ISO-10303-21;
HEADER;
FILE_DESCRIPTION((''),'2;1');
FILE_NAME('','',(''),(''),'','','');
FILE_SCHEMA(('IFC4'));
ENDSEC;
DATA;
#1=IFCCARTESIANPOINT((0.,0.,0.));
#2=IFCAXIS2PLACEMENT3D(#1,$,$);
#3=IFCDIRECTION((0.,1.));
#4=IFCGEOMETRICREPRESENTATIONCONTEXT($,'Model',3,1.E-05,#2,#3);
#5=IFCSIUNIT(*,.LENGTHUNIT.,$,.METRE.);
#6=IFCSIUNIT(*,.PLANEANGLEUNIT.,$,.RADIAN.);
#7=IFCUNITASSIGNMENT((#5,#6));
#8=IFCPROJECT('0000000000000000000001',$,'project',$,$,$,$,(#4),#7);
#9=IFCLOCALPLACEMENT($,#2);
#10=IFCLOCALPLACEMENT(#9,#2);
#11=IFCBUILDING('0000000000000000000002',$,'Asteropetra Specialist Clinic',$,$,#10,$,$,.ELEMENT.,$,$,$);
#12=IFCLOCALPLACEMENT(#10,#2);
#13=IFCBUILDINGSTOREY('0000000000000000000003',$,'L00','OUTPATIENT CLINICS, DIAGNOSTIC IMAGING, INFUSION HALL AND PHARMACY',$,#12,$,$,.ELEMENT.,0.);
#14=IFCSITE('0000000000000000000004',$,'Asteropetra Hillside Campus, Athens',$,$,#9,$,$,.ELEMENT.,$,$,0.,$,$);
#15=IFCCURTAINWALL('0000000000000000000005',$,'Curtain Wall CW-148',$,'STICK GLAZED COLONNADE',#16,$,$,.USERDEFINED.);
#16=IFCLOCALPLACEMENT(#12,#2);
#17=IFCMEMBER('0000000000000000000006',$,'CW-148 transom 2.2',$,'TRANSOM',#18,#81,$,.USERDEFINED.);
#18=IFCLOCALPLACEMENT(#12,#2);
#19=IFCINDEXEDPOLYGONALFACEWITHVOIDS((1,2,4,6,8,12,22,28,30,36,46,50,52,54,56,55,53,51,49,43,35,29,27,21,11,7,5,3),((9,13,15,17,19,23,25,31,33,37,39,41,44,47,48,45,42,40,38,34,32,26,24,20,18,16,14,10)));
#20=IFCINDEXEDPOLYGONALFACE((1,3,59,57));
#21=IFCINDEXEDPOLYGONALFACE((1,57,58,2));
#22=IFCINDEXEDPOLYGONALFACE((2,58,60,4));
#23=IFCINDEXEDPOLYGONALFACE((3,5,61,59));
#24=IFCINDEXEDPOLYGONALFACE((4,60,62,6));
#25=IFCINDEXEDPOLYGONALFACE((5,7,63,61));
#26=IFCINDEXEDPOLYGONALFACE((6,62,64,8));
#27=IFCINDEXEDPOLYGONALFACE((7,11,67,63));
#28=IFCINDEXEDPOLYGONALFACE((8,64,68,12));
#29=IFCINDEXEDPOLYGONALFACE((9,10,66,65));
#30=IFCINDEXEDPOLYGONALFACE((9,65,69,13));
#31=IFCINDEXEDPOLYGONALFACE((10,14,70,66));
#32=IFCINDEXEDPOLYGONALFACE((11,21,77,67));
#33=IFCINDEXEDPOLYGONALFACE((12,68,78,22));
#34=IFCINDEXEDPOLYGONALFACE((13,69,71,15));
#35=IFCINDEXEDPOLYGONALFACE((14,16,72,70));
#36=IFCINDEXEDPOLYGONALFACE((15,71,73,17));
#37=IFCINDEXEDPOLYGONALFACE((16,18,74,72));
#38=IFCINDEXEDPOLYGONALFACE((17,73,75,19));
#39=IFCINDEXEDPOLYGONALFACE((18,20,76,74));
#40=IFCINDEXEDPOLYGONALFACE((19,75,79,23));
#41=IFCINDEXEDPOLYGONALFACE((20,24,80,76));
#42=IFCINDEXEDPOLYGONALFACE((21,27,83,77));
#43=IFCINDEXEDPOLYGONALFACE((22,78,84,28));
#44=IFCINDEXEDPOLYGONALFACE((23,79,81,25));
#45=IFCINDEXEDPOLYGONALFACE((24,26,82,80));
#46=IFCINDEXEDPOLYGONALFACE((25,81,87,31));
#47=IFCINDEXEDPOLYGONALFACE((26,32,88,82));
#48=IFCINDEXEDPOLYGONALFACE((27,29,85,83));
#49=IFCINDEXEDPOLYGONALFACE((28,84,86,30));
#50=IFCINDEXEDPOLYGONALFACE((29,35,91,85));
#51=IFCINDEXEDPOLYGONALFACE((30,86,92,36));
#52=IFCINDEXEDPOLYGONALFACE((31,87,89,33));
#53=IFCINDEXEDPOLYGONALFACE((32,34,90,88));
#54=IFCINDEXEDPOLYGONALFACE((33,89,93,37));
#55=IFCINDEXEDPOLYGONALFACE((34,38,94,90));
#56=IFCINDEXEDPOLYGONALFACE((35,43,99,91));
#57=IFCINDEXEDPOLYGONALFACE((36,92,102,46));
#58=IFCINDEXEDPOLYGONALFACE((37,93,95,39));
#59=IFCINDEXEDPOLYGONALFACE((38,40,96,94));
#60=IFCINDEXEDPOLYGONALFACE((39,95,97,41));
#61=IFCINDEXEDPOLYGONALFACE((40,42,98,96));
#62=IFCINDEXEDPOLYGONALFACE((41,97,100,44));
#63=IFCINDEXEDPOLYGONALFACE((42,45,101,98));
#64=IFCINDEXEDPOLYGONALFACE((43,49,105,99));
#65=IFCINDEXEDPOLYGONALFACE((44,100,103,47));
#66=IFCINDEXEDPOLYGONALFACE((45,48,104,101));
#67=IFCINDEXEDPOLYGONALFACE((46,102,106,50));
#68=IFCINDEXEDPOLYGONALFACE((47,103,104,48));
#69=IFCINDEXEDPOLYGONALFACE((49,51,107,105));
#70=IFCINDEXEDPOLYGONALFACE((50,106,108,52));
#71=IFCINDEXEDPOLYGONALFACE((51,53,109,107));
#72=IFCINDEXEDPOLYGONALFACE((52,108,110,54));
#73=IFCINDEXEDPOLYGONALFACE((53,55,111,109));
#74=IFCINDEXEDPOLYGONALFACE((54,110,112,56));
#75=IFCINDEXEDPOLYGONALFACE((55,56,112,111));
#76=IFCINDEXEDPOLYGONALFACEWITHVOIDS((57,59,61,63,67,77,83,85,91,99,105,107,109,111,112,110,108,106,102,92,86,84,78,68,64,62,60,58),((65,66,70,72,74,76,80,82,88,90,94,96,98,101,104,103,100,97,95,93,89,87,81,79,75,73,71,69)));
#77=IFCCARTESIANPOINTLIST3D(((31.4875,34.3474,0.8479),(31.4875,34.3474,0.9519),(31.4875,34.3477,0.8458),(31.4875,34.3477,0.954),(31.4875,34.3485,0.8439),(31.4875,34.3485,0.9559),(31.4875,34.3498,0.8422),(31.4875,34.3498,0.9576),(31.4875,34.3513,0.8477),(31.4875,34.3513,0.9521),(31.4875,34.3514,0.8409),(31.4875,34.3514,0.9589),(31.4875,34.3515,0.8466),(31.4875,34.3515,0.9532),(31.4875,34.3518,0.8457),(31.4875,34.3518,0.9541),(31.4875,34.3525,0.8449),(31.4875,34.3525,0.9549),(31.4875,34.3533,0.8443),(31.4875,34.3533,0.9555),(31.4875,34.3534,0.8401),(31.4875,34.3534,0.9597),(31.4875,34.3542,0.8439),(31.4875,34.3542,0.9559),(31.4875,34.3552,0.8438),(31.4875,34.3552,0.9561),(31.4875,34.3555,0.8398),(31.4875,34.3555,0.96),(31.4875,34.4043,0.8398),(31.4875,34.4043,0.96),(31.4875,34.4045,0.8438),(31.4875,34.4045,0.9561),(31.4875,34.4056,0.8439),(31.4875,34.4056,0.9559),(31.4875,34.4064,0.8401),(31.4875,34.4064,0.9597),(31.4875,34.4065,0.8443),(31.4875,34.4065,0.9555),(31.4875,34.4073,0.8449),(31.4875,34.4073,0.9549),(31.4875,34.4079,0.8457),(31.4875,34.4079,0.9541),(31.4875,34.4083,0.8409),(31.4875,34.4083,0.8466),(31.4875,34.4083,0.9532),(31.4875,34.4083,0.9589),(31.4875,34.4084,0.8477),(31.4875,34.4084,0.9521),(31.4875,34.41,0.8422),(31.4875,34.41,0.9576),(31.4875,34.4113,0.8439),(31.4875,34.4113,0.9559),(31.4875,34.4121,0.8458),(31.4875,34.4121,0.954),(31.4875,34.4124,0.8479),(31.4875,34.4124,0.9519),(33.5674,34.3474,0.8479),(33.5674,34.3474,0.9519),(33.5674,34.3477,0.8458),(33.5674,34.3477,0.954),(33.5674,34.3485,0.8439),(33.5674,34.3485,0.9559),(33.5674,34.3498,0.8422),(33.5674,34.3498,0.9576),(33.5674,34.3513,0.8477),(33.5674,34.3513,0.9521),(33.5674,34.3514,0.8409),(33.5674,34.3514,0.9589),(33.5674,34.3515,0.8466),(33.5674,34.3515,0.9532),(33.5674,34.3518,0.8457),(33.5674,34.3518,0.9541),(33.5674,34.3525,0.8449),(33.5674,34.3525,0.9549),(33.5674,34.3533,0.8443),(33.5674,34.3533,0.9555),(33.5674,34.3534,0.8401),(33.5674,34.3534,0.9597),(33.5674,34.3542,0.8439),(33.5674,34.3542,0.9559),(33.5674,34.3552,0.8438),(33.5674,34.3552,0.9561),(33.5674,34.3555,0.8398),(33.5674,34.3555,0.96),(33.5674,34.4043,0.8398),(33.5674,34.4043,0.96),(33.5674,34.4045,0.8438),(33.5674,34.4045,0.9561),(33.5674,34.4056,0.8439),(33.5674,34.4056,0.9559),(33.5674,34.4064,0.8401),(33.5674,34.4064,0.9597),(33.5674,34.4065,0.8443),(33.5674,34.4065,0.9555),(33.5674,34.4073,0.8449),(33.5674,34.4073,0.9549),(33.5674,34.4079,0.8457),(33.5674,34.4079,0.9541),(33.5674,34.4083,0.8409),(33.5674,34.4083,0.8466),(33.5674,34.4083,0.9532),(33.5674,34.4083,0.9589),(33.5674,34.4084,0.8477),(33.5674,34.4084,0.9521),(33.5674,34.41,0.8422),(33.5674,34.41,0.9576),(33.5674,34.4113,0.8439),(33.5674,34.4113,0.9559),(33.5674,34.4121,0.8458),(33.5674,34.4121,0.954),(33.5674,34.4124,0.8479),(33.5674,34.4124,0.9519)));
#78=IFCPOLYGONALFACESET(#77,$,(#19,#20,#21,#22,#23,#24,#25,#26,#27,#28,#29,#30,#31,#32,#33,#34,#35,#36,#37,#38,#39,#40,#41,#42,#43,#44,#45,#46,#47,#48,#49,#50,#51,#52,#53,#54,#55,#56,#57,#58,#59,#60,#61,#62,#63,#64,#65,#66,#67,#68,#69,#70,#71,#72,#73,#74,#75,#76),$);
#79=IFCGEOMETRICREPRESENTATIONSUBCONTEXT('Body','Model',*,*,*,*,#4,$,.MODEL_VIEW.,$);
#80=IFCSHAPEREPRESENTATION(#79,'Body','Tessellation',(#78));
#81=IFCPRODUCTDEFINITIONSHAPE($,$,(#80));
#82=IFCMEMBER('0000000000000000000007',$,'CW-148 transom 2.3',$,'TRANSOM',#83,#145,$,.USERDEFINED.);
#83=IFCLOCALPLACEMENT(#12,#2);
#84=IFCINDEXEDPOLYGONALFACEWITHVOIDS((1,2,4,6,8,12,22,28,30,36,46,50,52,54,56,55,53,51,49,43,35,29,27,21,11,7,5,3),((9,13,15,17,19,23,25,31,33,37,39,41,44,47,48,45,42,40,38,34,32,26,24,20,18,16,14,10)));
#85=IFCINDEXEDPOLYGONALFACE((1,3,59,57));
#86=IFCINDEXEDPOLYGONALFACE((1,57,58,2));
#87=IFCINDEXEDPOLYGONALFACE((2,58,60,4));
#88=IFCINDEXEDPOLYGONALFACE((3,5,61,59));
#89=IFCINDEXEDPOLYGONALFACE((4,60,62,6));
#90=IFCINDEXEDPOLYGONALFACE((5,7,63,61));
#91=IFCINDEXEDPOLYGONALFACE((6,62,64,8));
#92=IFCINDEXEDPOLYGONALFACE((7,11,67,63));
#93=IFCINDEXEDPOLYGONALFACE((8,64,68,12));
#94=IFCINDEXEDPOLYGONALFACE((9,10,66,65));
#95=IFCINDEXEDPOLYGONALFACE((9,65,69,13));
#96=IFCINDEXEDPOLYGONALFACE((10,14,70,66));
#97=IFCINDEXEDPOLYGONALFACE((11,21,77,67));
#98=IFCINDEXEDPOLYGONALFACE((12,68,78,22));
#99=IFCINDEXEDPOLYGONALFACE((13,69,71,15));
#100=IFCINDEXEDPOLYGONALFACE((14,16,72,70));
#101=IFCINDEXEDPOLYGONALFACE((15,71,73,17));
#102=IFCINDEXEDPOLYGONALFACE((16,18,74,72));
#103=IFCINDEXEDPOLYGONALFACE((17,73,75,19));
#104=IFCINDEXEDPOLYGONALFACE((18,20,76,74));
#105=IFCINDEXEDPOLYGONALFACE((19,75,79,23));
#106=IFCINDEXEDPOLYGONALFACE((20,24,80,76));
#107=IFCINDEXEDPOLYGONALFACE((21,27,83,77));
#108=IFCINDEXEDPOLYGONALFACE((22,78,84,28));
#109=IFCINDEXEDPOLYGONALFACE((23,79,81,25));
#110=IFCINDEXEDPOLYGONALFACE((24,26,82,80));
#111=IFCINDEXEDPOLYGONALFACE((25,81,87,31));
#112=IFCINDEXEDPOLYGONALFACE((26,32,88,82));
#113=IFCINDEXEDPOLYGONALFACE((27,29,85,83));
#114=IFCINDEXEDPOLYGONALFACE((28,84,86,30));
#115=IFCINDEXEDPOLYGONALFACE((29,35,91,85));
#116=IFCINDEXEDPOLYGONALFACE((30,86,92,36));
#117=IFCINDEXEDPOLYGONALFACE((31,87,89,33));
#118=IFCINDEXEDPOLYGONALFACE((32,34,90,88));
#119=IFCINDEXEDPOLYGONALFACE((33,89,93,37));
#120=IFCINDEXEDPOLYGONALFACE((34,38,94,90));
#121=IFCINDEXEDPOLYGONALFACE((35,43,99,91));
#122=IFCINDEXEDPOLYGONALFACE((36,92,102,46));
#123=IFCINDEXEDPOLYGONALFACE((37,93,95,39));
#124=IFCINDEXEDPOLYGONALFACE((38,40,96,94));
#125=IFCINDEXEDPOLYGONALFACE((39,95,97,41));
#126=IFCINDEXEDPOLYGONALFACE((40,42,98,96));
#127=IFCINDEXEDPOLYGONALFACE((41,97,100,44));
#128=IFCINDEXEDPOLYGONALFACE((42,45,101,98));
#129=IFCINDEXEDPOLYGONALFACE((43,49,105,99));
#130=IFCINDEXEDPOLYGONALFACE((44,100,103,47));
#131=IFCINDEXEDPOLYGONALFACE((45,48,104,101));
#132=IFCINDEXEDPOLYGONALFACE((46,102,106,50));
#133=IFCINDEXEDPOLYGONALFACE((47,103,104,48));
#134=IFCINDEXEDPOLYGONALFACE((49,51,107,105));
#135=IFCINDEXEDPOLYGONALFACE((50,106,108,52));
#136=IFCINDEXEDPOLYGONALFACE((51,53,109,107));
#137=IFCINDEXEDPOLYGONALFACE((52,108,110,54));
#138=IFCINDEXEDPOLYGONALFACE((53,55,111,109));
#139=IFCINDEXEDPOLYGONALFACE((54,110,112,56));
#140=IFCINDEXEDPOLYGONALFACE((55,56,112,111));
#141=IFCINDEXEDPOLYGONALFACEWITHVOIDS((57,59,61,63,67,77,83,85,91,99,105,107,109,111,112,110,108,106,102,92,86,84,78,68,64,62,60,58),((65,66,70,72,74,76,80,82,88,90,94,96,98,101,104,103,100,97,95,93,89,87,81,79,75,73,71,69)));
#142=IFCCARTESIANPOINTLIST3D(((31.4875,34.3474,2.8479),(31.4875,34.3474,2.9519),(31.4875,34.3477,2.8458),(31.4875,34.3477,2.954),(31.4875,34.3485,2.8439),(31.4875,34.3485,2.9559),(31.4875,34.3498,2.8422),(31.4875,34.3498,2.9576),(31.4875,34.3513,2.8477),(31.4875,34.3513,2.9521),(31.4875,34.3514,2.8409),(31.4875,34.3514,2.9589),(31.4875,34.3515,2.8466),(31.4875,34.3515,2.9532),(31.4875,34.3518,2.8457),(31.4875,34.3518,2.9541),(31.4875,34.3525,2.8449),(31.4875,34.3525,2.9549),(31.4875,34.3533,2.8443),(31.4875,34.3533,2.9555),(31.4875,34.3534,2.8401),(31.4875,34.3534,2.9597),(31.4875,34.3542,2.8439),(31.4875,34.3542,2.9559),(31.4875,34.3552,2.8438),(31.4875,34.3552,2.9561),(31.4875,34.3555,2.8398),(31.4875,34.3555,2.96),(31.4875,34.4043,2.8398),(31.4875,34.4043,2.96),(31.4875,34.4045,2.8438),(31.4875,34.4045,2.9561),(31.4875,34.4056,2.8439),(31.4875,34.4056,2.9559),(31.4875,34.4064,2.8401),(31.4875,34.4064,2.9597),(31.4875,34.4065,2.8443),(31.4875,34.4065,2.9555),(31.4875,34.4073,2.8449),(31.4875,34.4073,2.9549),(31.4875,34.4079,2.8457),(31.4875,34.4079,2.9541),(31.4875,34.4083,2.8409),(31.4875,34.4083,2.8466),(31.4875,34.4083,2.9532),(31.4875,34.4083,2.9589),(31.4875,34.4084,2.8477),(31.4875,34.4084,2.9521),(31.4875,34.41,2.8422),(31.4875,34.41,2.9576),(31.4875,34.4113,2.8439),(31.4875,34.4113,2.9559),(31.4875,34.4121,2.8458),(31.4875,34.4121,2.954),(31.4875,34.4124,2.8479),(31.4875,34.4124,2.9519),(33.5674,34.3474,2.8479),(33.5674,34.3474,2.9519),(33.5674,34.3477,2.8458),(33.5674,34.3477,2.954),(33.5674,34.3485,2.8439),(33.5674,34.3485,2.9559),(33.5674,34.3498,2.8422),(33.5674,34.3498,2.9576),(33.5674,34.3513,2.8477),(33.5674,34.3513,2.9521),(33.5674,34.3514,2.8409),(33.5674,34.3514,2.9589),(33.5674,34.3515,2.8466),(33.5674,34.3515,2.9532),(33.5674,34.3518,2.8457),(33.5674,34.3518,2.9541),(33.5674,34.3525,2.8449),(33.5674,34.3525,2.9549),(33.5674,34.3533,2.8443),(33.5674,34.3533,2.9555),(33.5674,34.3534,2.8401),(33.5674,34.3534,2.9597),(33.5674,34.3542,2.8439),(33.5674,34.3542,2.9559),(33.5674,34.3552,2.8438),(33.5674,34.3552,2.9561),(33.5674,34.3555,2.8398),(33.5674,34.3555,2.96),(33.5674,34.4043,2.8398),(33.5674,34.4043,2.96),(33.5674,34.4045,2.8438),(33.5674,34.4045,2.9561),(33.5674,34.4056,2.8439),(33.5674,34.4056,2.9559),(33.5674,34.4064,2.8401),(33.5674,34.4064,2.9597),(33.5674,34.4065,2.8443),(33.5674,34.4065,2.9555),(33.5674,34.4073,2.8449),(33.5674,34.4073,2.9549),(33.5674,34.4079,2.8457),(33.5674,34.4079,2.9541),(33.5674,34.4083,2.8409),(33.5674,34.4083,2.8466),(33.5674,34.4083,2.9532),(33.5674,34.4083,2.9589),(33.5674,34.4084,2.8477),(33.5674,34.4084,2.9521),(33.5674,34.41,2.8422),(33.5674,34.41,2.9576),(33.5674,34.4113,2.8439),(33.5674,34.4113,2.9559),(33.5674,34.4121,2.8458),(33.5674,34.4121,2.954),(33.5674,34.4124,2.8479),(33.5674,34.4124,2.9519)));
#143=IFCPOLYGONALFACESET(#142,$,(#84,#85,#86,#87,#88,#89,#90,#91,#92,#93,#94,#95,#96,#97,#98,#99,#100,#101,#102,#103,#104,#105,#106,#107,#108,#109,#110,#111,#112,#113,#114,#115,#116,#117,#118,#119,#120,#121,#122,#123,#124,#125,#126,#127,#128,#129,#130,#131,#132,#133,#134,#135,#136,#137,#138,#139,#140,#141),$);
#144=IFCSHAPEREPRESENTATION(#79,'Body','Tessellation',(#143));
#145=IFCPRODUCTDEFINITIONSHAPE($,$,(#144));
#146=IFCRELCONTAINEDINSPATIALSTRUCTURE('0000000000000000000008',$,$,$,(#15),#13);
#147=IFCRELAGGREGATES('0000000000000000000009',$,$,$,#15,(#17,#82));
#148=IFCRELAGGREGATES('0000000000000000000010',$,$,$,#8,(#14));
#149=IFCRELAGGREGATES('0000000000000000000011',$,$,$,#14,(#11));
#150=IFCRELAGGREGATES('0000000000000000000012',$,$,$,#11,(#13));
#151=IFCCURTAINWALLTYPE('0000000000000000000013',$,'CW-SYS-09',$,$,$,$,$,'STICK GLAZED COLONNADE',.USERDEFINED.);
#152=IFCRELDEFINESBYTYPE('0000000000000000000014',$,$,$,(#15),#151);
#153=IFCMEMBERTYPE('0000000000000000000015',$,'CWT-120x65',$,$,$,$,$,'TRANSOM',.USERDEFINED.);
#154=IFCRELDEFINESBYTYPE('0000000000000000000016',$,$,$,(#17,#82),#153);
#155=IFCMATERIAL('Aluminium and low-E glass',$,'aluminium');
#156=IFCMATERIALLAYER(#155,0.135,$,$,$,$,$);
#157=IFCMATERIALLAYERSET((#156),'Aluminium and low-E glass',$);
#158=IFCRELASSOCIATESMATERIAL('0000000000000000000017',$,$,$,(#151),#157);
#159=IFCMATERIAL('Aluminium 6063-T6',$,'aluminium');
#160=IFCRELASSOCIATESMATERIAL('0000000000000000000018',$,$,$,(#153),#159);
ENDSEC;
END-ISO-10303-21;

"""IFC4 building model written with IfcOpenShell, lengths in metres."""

from ifc_helpers import new_model, si_unit, direction, frame, origin, origin_2d, place, context, subcontext, project, spatial, hollow_rectangle, extrude, material, layer, layer_set, material_profile, profile_set, type_object, element, aggregate, save


model = new_model("IFC4")

# Units and contexts
model_context = context("Model", 3, precision=1e-05, world=origin(), true_north=direction((0.0, 1.0)))
body_context = subcontext(model_context, "Body", "Model", "MODEL_VIEW")
ifc_project = project(units=[si_unit("LENGTHUNIT", "METRE"), si_unit("PLANEANGLEUNIT", "RADIAN")], contexts=[model_context])

# Site, building, storey
site_placement = place(None, origin())
site = spatial("IfcSite", under=ifc_project, at=site_placement, Name="Asteropetra Hillside Campus, Athens", CompositionType="ELEMENT", RefElevation=0.0)
building_placement = place(site_placement, origin())
building = spatial("IfcBuilding", under=site, at=building_placement, Name="Asteropetra Specialist Clinic", CompositionType="ELEMENT")
storey_placement = place(building_placement, origin())
storey = spatial("IfcBuildingStorey", under=building, at=storey_placement, Name="L00", Description="OUTPATIENT CLINICS, DIAGNOSTIC IMAGING, INFUSION HALL AND PHARMACY", CompositionType="ELEMENT", Elevation=0.0)

# Curtain wall, members
ifc_material_1 = material(Name="Aluminium and low-E glass", Category="aluminium")
ifc_layer_1 = layer(ifc_material_1, 0.135)
ifc_layer_set_1 = layer_set([ifc_layer_1], Name="Aluminium and low-E glass")
curtain_wall_type = type_object("IfcCurtainWallType", Name="CW-SYS-09", ElementType="STICK GLAZED COLONNADE", PredefinedType="USERDEFINED", material=ifc_layer_set_1)
curtain_wall_placement = place(storey_placement, origin())
curtain_wall = element("IfcCurtainWall", 1, at=curtain_wall_placement, inside=storey, type_object=curtain_wall_type, Name="Curtain Wall CW-148", ObjectType="STICK GLAZED COLONNADE", PredefinedType="USERDEFINED")
ifc_material_2 = material(Name="Aluminium 6063-T6", Category="aluminium")
ifc_material_profile_1 = material_profile(ifc_material_2, hollow_rectangle(XDim=0.0649, YDim=0.1201, WallThickness=0.0039, InnerFilletRadius=0.0039, OuterFilletRadius=0.0081, at=origin_2d()), Name="TRN 120x65x4.0")
ifc_profile_set_1 = profile_set([ifc_material_profile_1], Name="Aluminium 6063-T6")
member_type_1 = type_object("IfcMemberType", Name="CWT-120x65", ElementType="TRANSOM", PredefinedType="USERDEFINED", material=ifc_profile_set_1)
member_1_placement = place(storey_placement, frame((31.4875, 34.3799, 0.8999), z_axis=(1.0, 0.0, 0.0), x_axis=(0.0, 1.0, 0.0)))
member_1 = element("IfcMember", 2, at=member_1_placement, type_object=member_type_1, Name="CW-148 transom 2.2", ObjectType="TRANSOM", PredefinedType="USERDEFINED", context=body_context, shape_type="SweptSolid", body=[
    extrude(hollow_rectangle(XDim=0.0649, YDim=0.1201, WallThickness=0.0039, InnerFilletRadius=0.0039, OuterFilletRadius=0.0081, at=origin_2d()), origin(), (0.0, 0.0, 1.0), 2.0798),
])
member_2_placement = place(storey_placement, frame((31.4875, 34.3799, 2.8999), z_axis=(1.0, 0.0, 0.0), x_axis=(0.0, 1.0, 0.0)))
member_2 = element("IfcMember", 3, at=member_2_placement, type_object=member_type_1, Name="CW-148 transom 2.3", ObjectType="TRANSOM", PredefinedType="USERDEFINED", context=body_context, shape_type="SweptSolid", body=[
    extrude(hollow_rectangle(XDim=0.0649, YDim=0.1201, WallThickness=0.0039, InnerFilletRadius=0.0039, OuterFilletRadius=0.0081, at=origin_2d()), origin(), (0.0, 0.0, 1.0), 2.0798),
])

aggregate(curtain_wall, [member_1, member_2])

save(model, "model.ifc")
